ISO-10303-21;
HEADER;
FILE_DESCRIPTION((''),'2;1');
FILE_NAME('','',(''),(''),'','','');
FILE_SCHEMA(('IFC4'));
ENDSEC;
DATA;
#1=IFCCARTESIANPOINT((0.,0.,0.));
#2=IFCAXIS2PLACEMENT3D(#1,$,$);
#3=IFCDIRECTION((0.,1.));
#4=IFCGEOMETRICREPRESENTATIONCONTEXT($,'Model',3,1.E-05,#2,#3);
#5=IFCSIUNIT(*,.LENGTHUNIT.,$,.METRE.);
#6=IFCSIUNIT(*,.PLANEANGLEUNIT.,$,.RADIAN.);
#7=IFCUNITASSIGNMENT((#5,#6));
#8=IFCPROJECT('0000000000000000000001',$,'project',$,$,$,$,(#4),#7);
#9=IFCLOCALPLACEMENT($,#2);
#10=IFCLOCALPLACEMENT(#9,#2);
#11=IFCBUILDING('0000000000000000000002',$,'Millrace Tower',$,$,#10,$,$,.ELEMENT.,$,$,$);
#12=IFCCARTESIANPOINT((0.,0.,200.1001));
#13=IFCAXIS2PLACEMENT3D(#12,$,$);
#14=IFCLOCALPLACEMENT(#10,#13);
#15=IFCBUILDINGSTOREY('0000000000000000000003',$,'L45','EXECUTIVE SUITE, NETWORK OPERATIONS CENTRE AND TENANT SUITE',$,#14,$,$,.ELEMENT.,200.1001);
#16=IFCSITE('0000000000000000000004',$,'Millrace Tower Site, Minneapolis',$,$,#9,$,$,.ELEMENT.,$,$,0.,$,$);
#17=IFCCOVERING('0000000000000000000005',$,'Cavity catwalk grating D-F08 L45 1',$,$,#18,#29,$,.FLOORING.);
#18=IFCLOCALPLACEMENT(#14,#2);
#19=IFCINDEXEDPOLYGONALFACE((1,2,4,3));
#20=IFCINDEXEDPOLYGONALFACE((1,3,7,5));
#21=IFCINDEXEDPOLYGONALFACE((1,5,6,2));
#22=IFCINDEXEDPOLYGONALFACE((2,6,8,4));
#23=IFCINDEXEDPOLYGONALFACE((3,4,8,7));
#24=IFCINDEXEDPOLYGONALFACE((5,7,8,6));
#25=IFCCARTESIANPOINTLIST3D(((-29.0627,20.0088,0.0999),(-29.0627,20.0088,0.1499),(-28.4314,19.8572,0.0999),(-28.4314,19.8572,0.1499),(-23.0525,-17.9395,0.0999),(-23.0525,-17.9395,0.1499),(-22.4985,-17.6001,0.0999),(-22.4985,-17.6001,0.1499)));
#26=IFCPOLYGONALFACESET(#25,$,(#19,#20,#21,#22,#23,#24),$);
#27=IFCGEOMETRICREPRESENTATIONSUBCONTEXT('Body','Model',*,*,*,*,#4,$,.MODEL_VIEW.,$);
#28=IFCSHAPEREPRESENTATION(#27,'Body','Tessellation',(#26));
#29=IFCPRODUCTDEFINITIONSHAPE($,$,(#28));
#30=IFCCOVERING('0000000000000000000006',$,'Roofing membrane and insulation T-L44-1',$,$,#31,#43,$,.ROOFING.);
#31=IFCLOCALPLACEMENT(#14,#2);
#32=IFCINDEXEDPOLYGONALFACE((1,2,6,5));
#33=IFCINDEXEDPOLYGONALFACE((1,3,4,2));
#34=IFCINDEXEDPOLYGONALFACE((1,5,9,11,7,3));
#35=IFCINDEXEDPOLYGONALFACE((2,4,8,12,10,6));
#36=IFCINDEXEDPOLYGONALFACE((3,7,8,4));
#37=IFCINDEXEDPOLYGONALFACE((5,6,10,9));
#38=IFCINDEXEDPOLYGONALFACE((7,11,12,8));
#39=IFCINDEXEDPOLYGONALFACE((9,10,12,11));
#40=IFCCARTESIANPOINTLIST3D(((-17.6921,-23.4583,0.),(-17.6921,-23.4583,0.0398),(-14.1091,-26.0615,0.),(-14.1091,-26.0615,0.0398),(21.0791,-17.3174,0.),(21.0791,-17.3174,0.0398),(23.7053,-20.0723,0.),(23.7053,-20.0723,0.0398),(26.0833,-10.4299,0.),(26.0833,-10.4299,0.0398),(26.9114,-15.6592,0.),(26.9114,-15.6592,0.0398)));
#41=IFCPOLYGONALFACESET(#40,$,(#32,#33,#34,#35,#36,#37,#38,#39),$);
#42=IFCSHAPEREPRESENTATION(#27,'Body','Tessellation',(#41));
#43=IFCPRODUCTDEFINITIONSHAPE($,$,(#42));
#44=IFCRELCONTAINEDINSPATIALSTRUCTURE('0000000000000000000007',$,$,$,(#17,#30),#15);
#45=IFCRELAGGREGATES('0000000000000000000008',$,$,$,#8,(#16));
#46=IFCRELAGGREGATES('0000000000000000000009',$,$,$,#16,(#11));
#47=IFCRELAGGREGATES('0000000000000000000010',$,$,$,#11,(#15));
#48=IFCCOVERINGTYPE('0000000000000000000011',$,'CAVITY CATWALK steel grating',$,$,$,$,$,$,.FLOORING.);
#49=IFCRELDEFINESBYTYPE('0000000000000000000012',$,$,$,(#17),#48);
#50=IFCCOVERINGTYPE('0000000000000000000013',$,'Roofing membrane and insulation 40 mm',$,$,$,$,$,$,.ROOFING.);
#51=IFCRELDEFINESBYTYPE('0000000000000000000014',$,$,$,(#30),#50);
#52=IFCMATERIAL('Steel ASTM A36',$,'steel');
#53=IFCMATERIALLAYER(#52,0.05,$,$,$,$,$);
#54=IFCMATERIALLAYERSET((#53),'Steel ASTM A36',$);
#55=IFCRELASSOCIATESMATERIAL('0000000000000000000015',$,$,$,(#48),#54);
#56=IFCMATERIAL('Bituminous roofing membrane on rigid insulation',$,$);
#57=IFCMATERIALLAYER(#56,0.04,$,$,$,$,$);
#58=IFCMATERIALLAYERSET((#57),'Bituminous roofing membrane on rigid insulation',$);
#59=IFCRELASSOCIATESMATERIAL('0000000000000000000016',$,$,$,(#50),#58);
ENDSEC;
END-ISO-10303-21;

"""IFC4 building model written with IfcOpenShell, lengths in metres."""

from ifc_helpers import new_model, si_unit, direction, frame, origin, place, context, subcontext, project, spatial, polyline, outline, extrude, material, layer, layer_set, type_object, element, save


model = new_model("IFC4")

# Units and contexts
model_context = context("Model", 3, precision=1e-05, world=origin(), true_north=direction((0.0, 1.0)))
body_context = subcontext(model_context, "Body", "Model", "MODEL_VIEW")
ifc_project = project(units=[si_unit("LENGTHUNIT", "METRE"), si_unit("PLANEANGLEUNIT", "RADIAN")], contexts=[model_context])

# Site, building, storey
site_placement = place(None, origin())
site = spatial("IfcSite", under=ifc_project, at=site_placement, Name="Millrace Tower Site, Minneapolis", CompositionType="ELEMENT", RefElevation=0.0)
building_placement = place(site_placement, origin())
building = spatial("IfcBuilding", under=site, at=building_placement, Name="Millrace Tower", CompositionType="ELEMENT")
storey_placement = place(building_placement, frame((0.0, 0.0, 200.1001)))
storey = spatial("IfcBuildingStorey", under=building, at=storey_placement, Name="L45", Description="EXECUTIVE SUITE, NETWORK OPERATIONS CENTRE AND TENANT SUITE", CompositionType="ELEMENT", Elevation=200.1001)

# Shared definitions
placement_1 = place(storey_placement, origin())

# Coverings
ifc_material_1 = material(Name="Steel ASTM A36", Category="steel")
ifc_layer_1 = layer(ifc_material_1, 0.05)
ifc_layer_set_1 = layer_set([ifc_layer_1], Name="Steel ASTM A36")
covering_type_1 = type_object("IfcCoveringType", Name="CAVITY CATWALK steel grating", PredefinedType="FLOORING", material=ifc_layer_set_1)
covering_1_placement = place(storey_placement, frame((0.0, 0.0, 0.0999)))
element("IfcCovering", 1, at=covering_1_placement, inside=storey, type_object=covering_type_1, Name="Cavity catwalk grating D-F08 L45 1", PredefinedType="FLOORING", context=body_context, shape_type="SweptSolid", body=[
    extrude(outline(polyline([(-29.0627, 20.0088), (-23.0525, -17.9395), (-22.4985, -17.6001), (-28.4314, 19.8572), (-29.0627, 20.0088)])), origin(), (0.0, 0.0, 1.0), 0.05),
])
ifc_material_2 = material(Name="Bituminous roofing membrane on rigid insulation")
ifc_layer_2 = layer(ifc_material_2, 0.04)
ifc_layer_set_2 = layer_set([ifc_layer_2], Name="Bituminous roofing membrane on rigid insulation")
covering_type_2 = type_object("IfcCoveringType", Name="Roofing membrane and insulation 40 mm", PredefinedType="ROOFING", material=ifc_layer_set_2)
element("IfcCovering", 2, at=placement_1, inside=storey, type_object=covering_type_2, Name="Roofing membrane and insulation T-L44-1", PredefinedType="ROOFING", context=body_context, shape_type="SweptSolid", body=[
    extrude(outline(polyline([(21.0791, -17.3174), (-17.6921, -23.4583), (-14.1091, -26.0615), (23.7053, -20.0723), (26.9114, -15.6592), (26.0833, -10.4299), (21.0791, -17.3174)])), origin(), (0.0, 0.0, 1.0), 0.0398),
])

save(model, "model.ifc")
